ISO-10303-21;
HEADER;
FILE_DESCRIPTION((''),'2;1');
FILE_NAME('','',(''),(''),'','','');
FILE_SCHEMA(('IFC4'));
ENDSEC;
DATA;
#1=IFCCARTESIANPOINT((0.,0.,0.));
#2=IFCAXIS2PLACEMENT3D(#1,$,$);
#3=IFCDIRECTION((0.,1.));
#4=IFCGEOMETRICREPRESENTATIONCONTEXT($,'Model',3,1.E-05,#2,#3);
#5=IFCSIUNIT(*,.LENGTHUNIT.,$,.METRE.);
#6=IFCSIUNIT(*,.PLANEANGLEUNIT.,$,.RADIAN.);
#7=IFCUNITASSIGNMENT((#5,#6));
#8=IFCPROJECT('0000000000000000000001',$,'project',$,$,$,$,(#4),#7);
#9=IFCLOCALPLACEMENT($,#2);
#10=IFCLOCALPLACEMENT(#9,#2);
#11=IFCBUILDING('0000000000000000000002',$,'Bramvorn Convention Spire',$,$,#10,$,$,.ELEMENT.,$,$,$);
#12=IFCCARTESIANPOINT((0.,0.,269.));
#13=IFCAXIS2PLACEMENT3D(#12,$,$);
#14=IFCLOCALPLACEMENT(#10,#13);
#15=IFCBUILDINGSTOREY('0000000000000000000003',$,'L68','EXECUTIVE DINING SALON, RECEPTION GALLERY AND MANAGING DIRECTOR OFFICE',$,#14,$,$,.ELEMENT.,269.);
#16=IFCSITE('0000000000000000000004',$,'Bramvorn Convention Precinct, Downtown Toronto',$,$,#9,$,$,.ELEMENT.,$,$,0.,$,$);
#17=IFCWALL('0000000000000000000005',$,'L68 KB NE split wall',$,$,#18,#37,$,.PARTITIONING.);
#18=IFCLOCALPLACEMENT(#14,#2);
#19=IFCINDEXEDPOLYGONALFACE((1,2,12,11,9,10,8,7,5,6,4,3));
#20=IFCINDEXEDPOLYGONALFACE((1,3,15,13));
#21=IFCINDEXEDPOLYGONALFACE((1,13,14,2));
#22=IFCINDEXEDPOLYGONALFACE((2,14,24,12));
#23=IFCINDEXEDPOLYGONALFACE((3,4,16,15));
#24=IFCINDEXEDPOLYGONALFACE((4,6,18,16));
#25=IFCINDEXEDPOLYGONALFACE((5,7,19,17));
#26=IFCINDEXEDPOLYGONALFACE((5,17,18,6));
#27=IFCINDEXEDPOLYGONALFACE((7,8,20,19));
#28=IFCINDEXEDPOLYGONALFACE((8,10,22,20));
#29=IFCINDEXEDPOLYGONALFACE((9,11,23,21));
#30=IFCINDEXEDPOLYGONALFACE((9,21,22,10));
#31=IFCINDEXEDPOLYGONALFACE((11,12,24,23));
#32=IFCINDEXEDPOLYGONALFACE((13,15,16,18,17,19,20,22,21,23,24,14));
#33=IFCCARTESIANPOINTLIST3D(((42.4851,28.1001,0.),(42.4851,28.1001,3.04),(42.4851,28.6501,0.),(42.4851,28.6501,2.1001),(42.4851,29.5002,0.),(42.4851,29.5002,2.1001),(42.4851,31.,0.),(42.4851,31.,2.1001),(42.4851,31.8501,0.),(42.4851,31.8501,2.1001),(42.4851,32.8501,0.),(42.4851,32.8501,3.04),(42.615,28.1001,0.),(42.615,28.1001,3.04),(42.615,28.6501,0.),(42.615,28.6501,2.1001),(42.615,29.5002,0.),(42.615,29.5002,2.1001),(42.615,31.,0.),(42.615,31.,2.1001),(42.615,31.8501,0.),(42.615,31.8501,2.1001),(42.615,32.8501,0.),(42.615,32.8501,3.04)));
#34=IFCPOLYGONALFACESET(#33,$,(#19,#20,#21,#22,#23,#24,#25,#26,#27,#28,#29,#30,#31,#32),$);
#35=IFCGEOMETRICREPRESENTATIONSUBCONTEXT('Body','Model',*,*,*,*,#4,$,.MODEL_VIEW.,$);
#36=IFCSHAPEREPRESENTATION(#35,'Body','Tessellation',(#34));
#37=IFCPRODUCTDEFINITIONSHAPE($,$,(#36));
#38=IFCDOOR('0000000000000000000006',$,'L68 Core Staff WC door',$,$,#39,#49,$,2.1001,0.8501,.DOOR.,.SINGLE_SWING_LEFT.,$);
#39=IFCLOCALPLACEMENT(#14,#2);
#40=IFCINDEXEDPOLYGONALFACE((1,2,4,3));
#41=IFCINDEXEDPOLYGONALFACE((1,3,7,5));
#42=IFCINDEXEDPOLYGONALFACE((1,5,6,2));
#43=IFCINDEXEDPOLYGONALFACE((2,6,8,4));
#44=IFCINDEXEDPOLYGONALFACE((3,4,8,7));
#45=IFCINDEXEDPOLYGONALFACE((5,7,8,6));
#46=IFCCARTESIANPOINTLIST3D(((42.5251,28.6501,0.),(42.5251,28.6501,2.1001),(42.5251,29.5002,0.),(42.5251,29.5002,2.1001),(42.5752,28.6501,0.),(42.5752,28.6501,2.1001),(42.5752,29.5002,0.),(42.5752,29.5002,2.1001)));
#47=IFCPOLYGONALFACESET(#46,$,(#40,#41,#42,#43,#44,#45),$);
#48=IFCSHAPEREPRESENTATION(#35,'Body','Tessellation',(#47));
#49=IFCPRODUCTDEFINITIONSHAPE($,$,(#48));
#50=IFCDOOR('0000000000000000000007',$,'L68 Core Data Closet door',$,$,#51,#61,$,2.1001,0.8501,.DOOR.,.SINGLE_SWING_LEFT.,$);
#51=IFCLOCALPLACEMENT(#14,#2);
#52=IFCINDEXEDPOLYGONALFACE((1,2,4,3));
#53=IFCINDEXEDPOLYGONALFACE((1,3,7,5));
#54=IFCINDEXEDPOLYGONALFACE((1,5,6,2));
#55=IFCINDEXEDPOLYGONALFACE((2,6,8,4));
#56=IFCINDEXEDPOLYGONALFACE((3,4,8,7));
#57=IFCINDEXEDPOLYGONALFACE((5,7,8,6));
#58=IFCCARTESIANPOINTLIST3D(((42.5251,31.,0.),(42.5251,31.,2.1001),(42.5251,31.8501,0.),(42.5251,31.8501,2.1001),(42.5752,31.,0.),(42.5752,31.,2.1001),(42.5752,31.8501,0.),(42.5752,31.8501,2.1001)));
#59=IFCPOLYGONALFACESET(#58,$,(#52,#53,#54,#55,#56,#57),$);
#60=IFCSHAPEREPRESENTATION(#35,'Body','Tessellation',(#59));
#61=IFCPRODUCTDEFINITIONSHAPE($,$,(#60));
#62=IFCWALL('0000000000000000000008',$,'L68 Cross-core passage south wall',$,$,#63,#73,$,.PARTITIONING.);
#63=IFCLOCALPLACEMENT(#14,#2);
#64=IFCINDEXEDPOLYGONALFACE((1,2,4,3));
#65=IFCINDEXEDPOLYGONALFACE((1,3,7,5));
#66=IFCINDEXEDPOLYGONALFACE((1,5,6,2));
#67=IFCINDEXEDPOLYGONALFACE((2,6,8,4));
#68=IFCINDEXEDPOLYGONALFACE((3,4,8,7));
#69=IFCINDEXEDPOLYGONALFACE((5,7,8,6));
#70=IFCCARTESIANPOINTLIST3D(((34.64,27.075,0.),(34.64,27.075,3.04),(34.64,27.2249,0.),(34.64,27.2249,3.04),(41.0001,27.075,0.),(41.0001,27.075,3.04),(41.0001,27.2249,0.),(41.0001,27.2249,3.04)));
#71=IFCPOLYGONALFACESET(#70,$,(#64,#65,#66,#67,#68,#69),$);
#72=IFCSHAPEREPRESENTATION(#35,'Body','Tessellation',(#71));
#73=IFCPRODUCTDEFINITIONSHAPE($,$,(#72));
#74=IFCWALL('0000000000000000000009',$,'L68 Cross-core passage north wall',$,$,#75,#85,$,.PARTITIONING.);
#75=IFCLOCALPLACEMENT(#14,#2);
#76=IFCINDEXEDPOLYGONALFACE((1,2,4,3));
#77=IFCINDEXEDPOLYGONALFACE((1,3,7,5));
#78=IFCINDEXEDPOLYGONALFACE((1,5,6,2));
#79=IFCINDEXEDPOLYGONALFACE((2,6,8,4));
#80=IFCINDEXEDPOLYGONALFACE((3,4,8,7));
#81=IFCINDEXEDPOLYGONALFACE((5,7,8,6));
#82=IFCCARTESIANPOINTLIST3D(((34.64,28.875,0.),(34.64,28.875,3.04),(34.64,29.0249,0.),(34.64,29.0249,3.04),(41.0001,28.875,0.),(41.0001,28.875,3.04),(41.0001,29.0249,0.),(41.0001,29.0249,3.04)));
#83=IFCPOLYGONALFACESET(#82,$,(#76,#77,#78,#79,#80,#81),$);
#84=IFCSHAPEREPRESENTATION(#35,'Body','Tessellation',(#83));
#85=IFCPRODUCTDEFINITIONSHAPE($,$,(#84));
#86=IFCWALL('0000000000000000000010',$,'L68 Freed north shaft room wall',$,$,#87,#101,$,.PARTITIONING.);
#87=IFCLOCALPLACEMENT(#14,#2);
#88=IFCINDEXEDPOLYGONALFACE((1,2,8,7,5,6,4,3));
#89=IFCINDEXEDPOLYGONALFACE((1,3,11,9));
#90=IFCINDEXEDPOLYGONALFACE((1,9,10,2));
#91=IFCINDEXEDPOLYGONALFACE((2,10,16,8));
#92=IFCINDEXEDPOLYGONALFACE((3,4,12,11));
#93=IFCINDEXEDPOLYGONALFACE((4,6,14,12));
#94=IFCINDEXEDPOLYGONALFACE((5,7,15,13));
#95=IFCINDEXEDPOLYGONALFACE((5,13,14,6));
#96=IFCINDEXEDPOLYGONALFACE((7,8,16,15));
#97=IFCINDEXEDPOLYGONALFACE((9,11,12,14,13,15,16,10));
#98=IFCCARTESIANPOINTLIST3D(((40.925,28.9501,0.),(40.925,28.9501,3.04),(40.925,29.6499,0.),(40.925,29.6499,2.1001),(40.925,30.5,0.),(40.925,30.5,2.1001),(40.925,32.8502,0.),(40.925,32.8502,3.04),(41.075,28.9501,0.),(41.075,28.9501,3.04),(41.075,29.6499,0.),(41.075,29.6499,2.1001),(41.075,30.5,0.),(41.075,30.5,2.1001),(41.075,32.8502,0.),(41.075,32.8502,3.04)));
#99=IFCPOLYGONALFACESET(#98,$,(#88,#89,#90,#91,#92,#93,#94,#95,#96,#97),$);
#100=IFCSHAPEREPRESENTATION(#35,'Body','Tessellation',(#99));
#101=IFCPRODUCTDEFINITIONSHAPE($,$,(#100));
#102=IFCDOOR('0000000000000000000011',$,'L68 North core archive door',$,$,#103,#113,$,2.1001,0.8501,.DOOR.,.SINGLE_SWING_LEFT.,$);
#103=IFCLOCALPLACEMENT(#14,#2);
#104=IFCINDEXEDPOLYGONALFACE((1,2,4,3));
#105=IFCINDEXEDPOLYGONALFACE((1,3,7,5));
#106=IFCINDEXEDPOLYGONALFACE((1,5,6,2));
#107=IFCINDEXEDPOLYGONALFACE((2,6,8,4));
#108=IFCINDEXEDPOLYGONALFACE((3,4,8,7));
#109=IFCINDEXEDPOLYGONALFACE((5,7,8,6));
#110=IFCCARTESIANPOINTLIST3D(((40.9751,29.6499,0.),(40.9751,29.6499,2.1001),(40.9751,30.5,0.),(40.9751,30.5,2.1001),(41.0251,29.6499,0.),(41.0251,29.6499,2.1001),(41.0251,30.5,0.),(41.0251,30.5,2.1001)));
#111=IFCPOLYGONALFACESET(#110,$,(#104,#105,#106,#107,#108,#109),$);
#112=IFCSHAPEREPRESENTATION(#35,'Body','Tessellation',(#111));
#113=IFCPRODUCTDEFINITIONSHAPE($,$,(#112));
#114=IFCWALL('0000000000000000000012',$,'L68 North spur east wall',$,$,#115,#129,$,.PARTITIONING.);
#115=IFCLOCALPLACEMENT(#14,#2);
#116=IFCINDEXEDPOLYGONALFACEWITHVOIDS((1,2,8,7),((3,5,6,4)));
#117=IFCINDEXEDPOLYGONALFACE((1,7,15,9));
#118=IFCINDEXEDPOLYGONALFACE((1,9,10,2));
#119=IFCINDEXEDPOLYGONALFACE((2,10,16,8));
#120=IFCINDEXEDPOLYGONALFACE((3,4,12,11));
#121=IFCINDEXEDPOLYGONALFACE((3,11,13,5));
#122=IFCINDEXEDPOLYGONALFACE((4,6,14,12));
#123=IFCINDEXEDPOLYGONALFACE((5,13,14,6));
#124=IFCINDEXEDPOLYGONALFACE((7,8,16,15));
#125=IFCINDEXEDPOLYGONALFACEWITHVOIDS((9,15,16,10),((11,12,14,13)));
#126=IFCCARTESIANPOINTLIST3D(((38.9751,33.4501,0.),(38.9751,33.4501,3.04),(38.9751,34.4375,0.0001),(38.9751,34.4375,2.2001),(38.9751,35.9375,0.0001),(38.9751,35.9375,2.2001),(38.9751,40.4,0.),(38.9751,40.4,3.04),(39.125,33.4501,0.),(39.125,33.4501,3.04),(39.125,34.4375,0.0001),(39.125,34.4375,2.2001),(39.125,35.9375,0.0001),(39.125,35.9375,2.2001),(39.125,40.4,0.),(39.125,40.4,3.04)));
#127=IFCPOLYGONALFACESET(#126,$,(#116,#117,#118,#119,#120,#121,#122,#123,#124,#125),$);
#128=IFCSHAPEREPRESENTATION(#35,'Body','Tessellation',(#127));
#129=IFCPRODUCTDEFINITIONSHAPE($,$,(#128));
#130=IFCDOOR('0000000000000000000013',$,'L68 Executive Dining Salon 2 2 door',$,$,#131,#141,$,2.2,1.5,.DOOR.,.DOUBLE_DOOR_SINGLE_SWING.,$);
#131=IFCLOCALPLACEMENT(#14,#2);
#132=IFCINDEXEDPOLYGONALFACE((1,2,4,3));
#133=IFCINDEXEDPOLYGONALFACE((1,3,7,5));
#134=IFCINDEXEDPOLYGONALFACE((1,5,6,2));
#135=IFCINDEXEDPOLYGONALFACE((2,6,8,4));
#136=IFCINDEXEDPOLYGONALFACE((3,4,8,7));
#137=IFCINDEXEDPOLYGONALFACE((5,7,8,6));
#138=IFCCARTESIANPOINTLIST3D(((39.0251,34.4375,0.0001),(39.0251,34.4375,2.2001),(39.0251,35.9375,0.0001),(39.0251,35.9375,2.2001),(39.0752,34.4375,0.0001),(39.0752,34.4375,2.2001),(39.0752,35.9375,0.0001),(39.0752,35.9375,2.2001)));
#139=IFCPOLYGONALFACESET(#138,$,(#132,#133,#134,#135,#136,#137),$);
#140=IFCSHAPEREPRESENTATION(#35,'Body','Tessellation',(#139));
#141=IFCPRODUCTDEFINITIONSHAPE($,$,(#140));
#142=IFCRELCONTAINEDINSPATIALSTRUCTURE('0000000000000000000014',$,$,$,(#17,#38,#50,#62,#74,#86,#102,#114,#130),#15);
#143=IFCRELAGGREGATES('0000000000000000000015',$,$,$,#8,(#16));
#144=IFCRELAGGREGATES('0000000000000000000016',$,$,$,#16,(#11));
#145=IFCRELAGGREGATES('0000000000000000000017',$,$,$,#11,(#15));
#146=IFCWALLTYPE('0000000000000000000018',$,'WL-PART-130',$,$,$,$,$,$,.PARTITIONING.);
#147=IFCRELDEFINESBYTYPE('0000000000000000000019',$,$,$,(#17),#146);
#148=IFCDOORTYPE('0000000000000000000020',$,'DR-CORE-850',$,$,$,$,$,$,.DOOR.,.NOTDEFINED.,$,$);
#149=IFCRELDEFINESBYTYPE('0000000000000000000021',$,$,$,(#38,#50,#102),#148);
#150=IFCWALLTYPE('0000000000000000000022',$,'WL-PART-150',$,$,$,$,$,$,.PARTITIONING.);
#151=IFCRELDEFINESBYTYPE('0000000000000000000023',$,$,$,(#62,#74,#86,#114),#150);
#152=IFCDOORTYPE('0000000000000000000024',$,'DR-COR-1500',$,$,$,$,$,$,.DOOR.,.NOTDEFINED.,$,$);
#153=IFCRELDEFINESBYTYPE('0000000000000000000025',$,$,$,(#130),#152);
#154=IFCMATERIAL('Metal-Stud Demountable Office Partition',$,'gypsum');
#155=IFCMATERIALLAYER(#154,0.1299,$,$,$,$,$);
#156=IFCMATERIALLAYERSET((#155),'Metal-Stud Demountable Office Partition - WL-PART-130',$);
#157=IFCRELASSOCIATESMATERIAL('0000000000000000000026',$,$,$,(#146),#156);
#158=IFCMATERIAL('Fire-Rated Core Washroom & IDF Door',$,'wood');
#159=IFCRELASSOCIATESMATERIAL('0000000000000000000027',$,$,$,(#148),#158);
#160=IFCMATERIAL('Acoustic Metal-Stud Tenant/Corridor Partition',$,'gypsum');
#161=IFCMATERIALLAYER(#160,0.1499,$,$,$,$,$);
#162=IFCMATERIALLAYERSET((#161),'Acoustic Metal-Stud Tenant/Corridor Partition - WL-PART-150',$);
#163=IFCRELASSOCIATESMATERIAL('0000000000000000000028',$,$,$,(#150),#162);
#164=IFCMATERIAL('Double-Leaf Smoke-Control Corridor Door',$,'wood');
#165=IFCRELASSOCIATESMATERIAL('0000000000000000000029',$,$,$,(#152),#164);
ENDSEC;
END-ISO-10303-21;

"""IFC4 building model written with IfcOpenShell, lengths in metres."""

from ifc_helpers import new_model, si_unit, direction, frame, frame_2d, origin, place, context, subcontext, project, spatial, rectangle, extrude, material, layer, layer_set, type_object, element, fill, save


model = new_model("IFC4")

# Units and contexts
model_context = context("Model", 3, precision=1e-05, world=origin(), true_north=direction((0.0, 1.0)))
body_context = subcontext(model_context, "Body", "Model", "MODEL_VIEW")
ifc_project = project(units=[si_unit("LENGTHUNIT", "METRE"), si_unit("PLANEANGLEUNIT", "RADIAN")], contexts=[model_context])

# Site, building, storey
site_placement = place(None, origin())
site = spatial("IfcSite", under=ifc_project, at=site_placement, Name="Bramvorn Convention Precinct, Downtown Toronto", CompositionType="ELEMENT", RefElevation=0.0)
building_placement = place(site_placement, origin())
building = spatial("IfcBuilding", under=site, at=building_placement, Name="Bramvorn Convention Spire", CompositionType="ELEMENT")
storey_placement = place(building_placement, frame((0.0, 0.0, 269.0)))
storey = spatial("IfcBuildingStorey", under=building, at=storey_placement, Name="L68", Description="EXECUTIVE DINING SALON, RECEPTION GALLERY AND MANAGING DIRECTOR OFFICE", CompositionType="ELEMENT", Elevation=269.0)

# Wall, openings, doors
ifc_material_1 = material(Name="Metal-Stud Demountable Office Partition", Category="gypsum")
ifc_layer_1 = layer(ifc_material_1, 0.1299)
ifc_layer_set_1 = layer_set([ifc_layer_1], Name="Metal-Stud Demountable Office Partition - WL-PART-130")
wall_type_1 = type_object("IfcWallType", Name="WL-PART-130", PredefinedType="PARTITIONING", material=ifc_layer_set_1)
wall_1_placement = place(storey_placement, frame((42.55, 28.1001, 0.0), z_axis=(0.0, 0.0, 1.0), x_axis=(0.0, 1.0, 0.0)))
wall_1 = element("IfcWall", 1, at=wall_1_placement, inside=storey, type_object=wall_type_1, Name="L68 KB NE split wall", PredefinedType="PARTITIONING", context=body_context, shape_type="SweptSolid", body=[
    extrude(rectangle(XDim=4.75, YDim=0.1299, at=frame_2d((2.375, 0.0))), origin(), (0.0, 0.0, 1.0), 3.04),
])
opening_1_placement = place(wall_1_placement, frame((0.55, 0.0, 0.0)))
opening_1 = element("IfcOpeningElement", 2, at=opening_1_placement, cuts=wall_1, PredefinedType="OPENING", context=body_context, shape_type="SweptSolid", body=[
    extrude(rectangle(XDim=0.8501, YDim=2.1001, at=frame_2d((0.425, 1.05))), frame((0.0, 0.075, 0.0), z_axis=(0.0, -1.0, 0.0), x_axis=(1.0, 0.0, 0.0)), (0.0, 0.0, 1.0), 0.1499),
])
opening_2_placement = place(wall_1_placement, frame((2.8999, 0.0, 0.0)))
opening_2 = element("IfcOpeningElement", 3, at=opening_2_placement, cuts=wall_1, PredefinedType="OPENING", context=body_context, shape_type="SweptSolid", body=[
    extrude(rectangle(XDim=0.8501, YDim=2.1001, at=frame_2d((0.425, 1.05))), frame((0.0, 0.075, 0.0), z_axis=(0.0, -1.0, 0.0), x_axis=(1.0, 0.0, 0.0)), (0.0, 0.0, 1.0), 0.1499),
])
ifc_material_2 = material(Name="Fire-Rated Core Washroom & IDF Door", Category="wood")
door_type_1 = type_object("IfcDoorType", Name="DR-CORE-850", OperationType="NOTDEFINED", PredefinedType="DOOR", material=ifc_material_2)
door_1_placement = place(opening_1_placement, origin())
door_1 = element("IfcDoor", 4, at=door_1_placement, inside=storey, type_object=door_type_1, Name="L68 Core Staff WC door", OperationType="SINGLE_SWING_LEFT", OverallHeight=2.1001, OverallWidth=0.8501, PredefinedType="DOOR", context=body_context, shape_type="SweptSolid", body=[
    extrude(rectangle(XDim=0.8501, YDim=2.1001, at=frame_2d((0.425, 1.05))), frame((0.0, 0.0249, 0.0), z_axis=(0.0, -1.0, 0.0), x_axis=(1.0, 0.0, 0.0)), (0.0, 0.0, 1.0), 0.05),
])
fill(opening_1, door_1)
door_2_placement = place(opening_2_placement, origin())
door_2 = element("IfcDoor", 5, at=door_2_placement, inside=storey, type_object=door_type_1, Name="L68 Core Data Closet door", OperationType="SINGLE_SWING_LEFT", OverallHeight=2.1001, OverallWidth=0.8501, PredefinedType="DOOR", context=body_context, shape_type="SweptSolid", body=[
    extrude(rectangle(XDim=0.8501, YDim=2.1001, at=frame_2d((0.425, 1.05))), frame((0.0, 0.0249, 0.0), z_axis=(0.0, -1.0, 0.0), x_axis=(1.0, 0.0, 0.0)), (0.0, 0.0, 1.0), 0.05),
])
fill(opening_2, door_2)

# Walls
ifc_material_3 = material(Name="Acoustic Metal-Stud Tenant/Corridor Partition", Category="gypsum")
ifc_layer_2 = layer(ifc_material_3, 0.1499)
ifc_layer_set_2 = layer_set([ifc_layer_2], Name="Acoustic Metal-Stud Tenant/Corridor Partition - WL-PART-150")
wall_type_2 = type_object("IfcWallType", Name="WL-PART-150", PredefinedType="PARTITIONING", material=ifc_layer_set_2)
for number, where, z_axis, x_axis, name in (
    (6, (34.6399, 27.1499, 0.0), (0.0, 0.0, 1.0), (1.0, 0.0, 0.0), "L68 Cross-core passage south wall"),
    (7, (34.6399, 28.95, 0.0), (0.0, 0.0, 1.0), (1.0, 0.0, 0.0), "L68 Cross-core passage north wall"),
):
    element("IfcWall", number, at=place(storey_placement, frame(where, z_axis=z_axis, x_axis=x_axis)), inside=storey, type_object=wall_type_2, Name=name, PredefinedType="PARTITIONING", context=body_context, shape_type="SweptSolid", body=[
        extrude(rectangle(XDim=6.3601, YDim=0.1499, at=frame_2d((3.1802, 0.0))), origin(), (0.0, 0.0, 1.0), 3.04),
    ])

# Walls, openings, doors
wall_2_placement = place(storey_placement, frame((41.0, 28.95, 0.0), z_axis=(0.0, 0.0, 1.0), x_axis=(0.0, 1.0, 0.0)))
wall_2 = element("IfcWall", 8, at=wall_2_placement, inside=storey, type_object=wall_type_2, Name="L68 Freed north shaft room wall", PredefinedType="PARTITIONING", context=body_context, shape_type="SweptSolid", body=[
    extrude(rectangle(XDim=3.9001, YDim=0.1499, at=frame_2d((1.9502, 0.0))), origin(), (0.0, 0.0, 1.0), 3.04),
])
opening_3_placement = place(wall_2_placement, frame((0.7, 0.0, 0.0)))
opening_3 = element("IfcOpeningElement", 9, at=opening_3_placement, cuts=wall_2, PredefinedType="OPENING", context=body_context, shape_type="SweptSolid", body=[
    extrude(rectangle(XDim=0.8501, YDim=2.1001, at=frame_2d((0.425, 1.05))), frame((0.0, 0.085, 0.0), z_axis=(0.0, -1.0, 0.0), x_axis=(1.0, 0.0, 0.0)), (0.0, 0.0, 1.0), 0.1699),
])
door_3_placement = place(opening_3_placement, origin())
door_3 = element("IfcDoor", 10, at=door_3_placement, inside=storey, type_object=door_type_1, Name="L68 North core archive door", OperationType="SINGLE_SWING_LEFT", OverallHeight=2.1001, OverallWidth=0.8501, PredefinedType="DOOR", context=body_context, shape_type="SweptSolid", body=[
    extrude(rectangle(XDim=0.8501, YDim=2.1001, at=frame_2d((0.425, 1.05))), frame((0.0, 0.0249, 0.0), z_axis=(0.0, -1.0, 0.0), x_axis=(1.0, 0.0, 0.0)), (0.0, 0.0, 1.0), 0.05),
])
fill(opening_3, door_3)
wall_3_placement = place(storey_placement, frame((39.05, 33.45, 0.0), z_axis=(0.0, 0.0, 1.0), x_axis=(0.0, 1.0, 0.0)))
wall_3 = element("IfcWall", 11, at=wall_3_placement, inside=storey, type_object=wall_type_2, Name="L68 North spur east wall", PredefinedType="PARTITIONING", context=body_context, shape_type="SweptSolid", body=[
    extrude(rectangle(XDim=6.95, YDim=0.1499, at=frame_2d((3.4751, 0.0))), origin(), (0.0, 0.0, 1.0), 3.04),
])
opening_4_placement = place(wall_3_placement, frame((0.9875, 0.0, 0.0)))
opening_4 = element("IfcOpeningElement", 12, at=opening_4_placement, cuts=wall_3, PredefinedType="OPENING", context=body_context, shape_type="SweptSolid", body=[
    extrude(rectangle(XDim=1.5, YDim=2.2, at=frame_2d((0.75, 1.1001))), frame((0.0, 0.085, 0.0), z_axis=(0.0, -1.0, 0.0), x_axis=(1.0, 0.0, 0.0)), (0.0, 0.0, 1.0), 0.1699),
])
ifc_material_4 = material(Name="Double-Leaf Smoke-Control Corridor Door", Category="wood")
door_type_2 = type_object("IfcDoorType", Name="DR-COR-1500", OperationType="NOTDEFINED", PredefinedType="DOOR", material=ifc_material_4)
door_4_placement = place(opening_4_placement, origin())
door_4 = element("IfcDoor", 13, at=door_4_placement, inside=storey, type_object=door_type_2, Name="L68 Executive Dining Salon 2 2 door", OperationType="DOUBLE_DOOR_SINGLE_SWING", OverallHeight=2.2, OverallWidth=1.5, PredefinedType="DOOR", context=body_context, shape_type="SweptSolid", body=[
    extrude(rectangle(XDim=1.5, YDim=2.2, at=frame_2d((0.75, 1.1001))), frame((0.0, 0.0249, 0.0), z_axis=(0.0, -1.0, 0.0), x_axis=(1.0, 0.0, 0.0)), (0.0, 0.0, 1.0), 0.05),
])
fill(opening_4, door_4)

save(model, "model.ifc")
